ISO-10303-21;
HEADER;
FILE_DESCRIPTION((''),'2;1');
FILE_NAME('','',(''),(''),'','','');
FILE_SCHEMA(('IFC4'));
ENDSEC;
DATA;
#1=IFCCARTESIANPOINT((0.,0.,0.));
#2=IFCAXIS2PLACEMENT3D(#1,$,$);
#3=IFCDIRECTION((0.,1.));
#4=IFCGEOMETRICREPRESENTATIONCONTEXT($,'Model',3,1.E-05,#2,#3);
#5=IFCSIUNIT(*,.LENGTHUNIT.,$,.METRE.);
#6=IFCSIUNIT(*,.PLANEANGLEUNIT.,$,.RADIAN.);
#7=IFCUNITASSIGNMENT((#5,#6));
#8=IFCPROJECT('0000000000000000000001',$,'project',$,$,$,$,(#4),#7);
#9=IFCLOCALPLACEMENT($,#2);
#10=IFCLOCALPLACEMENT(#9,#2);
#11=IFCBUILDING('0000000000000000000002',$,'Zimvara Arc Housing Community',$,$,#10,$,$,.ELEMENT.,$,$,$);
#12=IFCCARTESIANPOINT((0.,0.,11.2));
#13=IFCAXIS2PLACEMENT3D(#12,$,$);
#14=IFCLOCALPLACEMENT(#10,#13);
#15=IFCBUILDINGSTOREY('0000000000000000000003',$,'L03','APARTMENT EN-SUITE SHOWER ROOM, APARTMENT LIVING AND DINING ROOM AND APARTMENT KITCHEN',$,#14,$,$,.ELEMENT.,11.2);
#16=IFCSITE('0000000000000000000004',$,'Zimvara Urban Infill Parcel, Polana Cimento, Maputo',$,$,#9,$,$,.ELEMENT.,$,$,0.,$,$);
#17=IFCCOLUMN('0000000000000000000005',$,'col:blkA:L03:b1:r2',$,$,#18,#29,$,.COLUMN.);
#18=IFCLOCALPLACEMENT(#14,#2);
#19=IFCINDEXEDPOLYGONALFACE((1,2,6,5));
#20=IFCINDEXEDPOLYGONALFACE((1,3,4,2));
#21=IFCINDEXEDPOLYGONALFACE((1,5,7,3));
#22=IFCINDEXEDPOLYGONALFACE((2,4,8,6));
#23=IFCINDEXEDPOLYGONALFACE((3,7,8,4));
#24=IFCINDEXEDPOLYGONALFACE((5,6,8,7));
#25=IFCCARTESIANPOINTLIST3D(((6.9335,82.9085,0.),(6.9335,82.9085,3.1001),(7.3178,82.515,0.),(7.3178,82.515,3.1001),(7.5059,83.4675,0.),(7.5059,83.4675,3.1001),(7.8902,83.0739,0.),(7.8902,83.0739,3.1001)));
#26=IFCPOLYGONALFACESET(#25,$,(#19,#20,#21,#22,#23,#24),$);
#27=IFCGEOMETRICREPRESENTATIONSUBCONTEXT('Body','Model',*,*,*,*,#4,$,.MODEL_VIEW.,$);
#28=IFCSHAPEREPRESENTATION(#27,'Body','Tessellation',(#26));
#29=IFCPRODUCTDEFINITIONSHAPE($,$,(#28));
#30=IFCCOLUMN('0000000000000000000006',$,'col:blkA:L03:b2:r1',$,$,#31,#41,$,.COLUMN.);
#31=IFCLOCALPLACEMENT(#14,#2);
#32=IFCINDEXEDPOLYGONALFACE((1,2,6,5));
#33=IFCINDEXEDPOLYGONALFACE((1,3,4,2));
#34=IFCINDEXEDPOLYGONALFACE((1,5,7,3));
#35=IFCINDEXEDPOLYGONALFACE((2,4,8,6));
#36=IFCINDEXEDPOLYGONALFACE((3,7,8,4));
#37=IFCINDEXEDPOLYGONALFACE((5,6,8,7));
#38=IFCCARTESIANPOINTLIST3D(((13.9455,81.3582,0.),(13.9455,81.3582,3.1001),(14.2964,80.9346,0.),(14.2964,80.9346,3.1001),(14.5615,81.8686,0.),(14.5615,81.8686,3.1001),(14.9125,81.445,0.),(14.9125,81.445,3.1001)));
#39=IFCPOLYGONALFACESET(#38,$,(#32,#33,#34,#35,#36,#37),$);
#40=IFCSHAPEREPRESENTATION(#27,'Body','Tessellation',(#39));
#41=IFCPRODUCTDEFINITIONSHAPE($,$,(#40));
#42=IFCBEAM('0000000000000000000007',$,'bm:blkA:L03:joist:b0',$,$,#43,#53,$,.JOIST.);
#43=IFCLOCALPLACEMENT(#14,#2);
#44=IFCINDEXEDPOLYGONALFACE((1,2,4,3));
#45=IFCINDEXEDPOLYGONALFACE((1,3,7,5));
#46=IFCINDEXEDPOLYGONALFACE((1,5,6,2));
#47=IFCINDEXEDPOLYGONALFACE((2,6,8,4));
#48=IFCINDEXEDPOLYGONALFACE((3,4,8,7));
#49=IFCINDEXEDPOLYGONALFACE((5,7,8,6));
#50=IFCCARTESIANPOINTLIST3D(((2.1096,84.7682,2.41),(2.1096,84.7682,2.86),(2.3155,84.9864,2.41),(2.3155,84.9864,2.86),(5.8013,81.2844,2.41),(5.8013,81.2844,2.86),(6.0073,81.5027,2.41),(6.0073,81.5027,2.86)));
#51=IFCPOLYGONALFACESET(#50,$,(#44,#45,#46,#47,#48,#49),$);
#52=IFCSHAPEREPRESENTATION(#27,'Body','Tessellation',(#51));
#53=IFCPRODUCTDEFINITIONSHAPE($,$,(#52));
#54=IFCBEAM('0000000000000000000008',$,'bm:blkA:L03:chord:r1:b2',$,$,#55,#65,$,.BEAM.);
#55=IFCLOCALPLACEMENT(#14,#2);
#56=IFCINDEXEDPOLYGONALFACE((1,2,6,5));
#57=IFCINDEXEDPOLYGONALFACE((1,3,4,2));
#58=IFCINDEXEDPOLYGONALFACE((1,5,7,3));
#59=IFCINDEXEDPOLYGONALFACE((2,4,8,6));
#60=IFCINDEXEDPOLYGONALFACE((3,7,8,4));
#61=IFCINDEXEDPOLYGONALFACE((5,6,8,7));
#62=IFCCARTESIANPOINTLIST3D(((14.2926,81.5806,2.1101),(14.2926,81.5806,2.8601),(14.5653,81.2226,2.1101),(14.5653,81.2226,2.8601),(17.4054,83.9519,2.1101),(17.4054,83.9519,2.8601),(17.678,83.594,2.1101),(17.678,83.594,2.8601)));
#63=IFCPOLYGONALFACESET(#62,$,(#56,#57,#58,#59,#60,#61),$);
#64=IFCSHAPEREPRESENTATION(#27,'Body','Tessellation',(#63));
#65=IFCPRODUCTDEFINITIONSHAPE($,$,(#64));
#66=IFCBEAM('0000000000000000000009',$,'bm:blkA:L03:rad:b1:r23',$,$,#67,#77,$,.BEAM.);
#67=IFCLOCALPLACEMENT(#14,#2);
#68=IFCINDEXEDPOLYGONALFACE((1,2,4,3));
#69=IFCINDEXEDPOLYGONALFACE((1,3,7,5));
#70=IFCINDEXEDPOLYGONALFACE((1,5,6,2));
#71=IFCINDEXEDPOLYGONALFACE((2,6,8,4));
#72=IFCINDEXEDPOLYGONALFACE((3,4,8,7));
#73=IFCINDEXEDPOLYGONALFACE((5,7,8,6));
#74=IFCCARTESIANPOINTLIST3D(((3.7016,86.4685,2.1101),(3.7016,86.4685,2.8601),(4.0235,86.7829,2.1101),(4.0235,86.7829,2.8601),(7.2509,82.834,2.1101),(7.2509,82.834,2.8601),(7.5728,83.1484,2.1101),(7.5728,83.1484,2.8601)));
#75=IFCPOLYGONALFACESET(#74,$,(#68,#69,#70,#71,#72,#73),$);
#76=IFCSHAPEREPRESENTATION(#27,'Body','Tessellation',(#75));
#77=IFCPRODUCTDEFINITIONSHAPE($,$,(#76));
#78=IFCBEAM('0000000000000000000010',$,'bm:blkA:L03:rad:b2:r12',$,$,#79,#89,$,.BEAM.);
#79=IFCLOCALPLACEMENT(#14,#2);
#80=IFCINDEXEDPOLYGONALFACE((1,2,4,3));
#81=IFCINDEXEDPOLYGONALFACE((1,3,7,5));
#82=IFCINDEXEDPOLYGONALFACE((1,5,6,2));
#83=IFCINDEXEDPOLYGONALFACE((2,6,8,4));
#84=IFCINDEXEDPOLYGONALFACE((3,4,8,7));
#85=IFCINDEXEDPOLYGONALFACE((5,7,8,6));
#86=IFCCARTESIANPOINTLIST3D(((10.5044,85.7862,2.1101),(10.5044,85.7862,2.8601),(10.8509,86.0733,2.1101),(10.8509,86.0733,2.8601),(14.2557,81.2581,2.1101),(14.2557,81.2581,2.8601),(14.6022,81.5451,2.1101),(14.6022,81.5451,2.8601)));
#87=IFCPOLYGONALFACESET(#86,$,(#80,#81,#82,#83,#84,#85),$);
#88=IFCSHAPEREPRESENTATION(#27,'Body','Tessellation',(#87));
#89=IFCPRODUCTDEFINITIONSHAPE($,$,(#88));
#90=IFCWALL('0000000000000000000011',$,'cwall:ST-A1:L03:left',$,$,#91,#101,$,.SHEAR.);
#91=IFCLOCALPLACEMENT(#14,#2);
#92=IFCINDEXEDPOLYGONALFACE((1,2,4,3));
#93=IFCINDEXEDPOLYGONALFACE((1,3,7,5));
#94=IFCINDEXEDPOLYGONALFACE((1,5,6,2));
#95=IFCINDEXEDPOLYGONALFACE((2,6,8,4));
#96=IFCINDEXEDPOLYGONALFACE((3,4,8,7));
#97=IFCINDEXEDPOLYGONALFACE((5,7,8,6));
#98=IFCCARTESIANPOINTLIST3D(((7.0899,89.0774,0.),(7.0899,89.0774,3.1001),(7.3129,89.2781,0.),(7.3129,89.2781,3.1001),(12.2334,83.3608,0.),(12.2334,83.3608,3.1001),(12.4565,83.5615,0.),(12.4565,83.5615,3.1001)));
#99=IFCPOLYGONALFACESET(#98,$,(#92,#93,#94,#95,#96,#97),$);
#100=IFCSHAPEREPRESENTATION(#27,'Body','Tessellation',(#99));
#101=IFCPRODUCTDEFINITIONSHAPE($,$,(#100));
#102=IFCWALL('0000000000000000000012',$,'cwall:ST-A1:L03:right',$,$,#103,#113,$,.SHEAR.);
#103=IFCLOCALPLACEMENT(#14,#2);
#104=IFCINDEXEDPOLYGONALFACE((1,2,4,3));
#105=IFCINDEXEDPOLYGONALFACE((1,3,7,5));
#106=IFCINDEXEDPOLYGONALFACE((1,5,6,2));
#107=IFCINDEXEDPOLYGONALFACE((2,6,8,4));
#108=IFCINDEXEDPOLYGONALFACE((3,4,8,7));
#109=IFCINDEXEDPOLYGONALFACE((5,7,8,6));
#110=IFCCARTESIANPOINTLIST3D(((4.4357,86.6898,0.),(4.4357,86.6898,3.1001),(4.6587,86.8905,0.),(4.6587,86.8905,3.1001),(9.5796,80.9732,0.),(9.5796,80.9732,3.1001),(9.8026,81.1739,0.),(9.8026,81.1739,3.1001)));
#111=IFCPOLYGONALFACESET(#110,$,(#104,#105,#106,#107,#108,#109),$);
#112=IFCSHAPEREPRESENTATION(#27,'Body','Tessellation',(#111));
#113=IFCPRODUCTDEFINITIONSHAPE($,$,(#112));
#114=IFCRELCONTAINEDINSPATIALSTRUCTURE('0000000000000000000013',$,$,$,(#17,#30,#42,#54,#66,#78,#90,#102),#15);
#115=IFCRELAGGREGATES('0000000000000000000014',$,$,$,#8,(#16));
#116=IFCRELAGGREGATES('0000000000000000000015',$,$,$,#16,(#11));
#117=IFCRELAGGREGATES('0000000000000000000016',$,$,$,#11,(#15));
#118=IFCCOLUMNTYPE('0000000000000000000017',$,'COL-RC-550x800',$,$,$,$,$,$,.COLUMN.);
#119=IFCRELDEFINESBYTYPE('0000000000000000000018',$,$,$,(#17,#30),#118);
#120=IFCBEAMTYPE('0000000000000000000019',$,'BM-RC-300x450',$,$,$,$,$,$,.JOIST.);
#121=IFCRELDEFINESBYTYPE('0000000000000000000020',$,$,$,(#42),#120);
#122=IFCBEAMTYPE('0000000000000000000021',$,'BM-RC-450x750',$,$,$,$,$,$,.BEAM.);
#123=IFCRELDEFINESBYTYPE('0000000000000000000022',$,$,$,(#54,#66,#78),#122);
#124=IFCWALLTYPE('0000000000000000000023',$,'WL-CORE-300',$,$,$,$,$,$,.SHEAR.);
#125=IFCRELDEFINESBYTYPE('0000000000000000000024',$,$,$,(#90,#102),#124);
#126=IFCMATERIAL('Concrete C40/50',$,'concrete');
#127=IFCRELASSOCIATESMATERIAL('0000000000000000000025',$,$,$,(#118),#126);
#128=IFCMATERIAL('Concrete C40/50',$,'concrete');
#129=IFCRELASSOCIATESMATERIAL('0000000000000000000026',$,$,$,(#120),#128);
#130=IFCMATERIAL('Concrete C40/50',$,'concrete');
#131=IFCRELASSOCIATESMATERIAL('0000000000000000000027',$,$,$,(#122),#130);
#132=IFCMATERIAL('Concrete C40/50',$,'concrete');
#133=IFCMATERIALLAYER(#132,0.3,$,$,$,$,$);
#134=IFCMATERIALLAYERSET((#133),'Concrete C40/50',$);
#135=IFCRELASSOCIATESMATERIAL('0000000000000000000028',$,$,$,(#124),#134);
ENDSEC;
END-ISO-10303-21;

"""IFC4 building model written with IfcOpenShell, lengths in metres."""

from ifc_helpers import new_model, si_unit, direction, frame, frame_2d, origin, origin_2d, place, context, subcontext, project, spatial, rectangle, extrude, material, layer, layer_set, material_profile, profile_set, type_object, element, save


model = new_model("IFC4")

# Units and contexts
model_context = context("Model", 3, precision=1e-05, world=origin(), true_north=direction((0.0, 1.0)))
body_context = subcontext(model_context, "Body", "Model", "MODEL_VIEW")
ifc_project = project(units=[si_unit("LENGTHUNIT", "METRE"), si_unit("PLANEANGLEUNIT", "RADIAN")], contexts=[model_context])

# Site, building, storey
site_placement = place(None, origin())
site = spatial("IfcSite", under=ifc_project, at=site_placement, Name="Zimvara Urban Infill Parcel, Polana Cimento, Maputo", CompositionType="ELEMENT", RefElevation=0.0)
building_placement = place(site_placement, origin())
building = spatial("IfcBuilding", under=site, at=building_placement, Name="Zimvara Arc Housing Community", CompositionType="ELEMENT")
storey_placement = place(building_placement, frame((0.0, 0.0, 11.2)))
storey = spatial("IfcBuildingStorey", under=building, at=storey_placement, Name="L03", Description="APARTMENT EN-SUITE SHOWER ROOM, APARTMENT LIVING AND DINING ROOM AND APARTMENT KITCHEN", CompositionType="ELEMENT", Elevation=11.2)

# Columns
ifc_material_1 = material(Name="Concrete C40/50", Category="concrete")
ifc_material_profile_1 = material_profile(ifc_material_1, rectangle(XDim=0.55, YDim=0.8, at=origin_2d()), Name="RC 550x800")
ifc_profile_set_1 = profile_set([ifc_material_profile_1], Name="Concrete C40/50")
column_type = type_object("IfcColumnType", Name="COL-RC-550x800", PredefinedType="COLUMN", material=ifc_profile_set_1)
for number, where, z_axis, x_axis, name in (
    (1, (7.4119, 82.9912, 0.0), (0.0, 0.0, 1.0), (-0.698665, 0.715449, 0.0), "col:blkA:L03:b1:r2"),
    (2, (14.429, 81.4016, 0.0), (0.0, 0.0, 1.0), (-0.637962, 0.770068, 0.0), "col:blkA:L03:b2:r1"),
):
    element("IfcColumn", number, at=place(storey_placement, frame(where, z_axis=z_axis, x_axis=x_axis)), inside=storey, type_object=column_type, Name=name, PredefinedType="COLUMN", context=body_context, shape_type="SweptSolid", body=[
        extrude(rectangle(XDim=0.55, YDim=0.8, at=origin_2d()), origin(), (0.0, 0.0, 1.0), 3.1001),
    ])

# Beams
ifc_material_2 = material(Name="Concrete C40/50", Category="concrete")
ifc_material_profile_2 = material_profile(ifc_material_2, rectangle(XDim=0.3, YDim=0.45, at=origin_2d()), Name="RC 300x450")
ifc_profile_set_2 = profile_set([ifc_material_profile_2], Name="Concrete C40/50")
beam_type_1 = type_object("IfcBeamType", Name="BM-RC-300x450", PredefinedType="JOIST", material=ifc_profile_set_2)
beam_1_placement = place(storey_placement, frame((5.9043, 81.3936, 2.635), z_axis=(-0.7273, 0.68632, 0.0), x_axis=(-0.68632, -0.7273, 0.0)))
element("IfcBeam", 3, at=beam_1_placement, inside=storey, type_object=beam_type_1, Name="bm:blkA:L03:joist:b0", PredefinedType="JOIST", context=body_context, shape_type="SweptSolid", body=[
    extrude(rectangle(XDim=0.3, YDim=0.45, at=origin_2d()), origin(), (0.0, 0.0, 1.0), 5.0759),
])
ifc_material_3 = material(Name="Concrete C40/50", Category="concrete")
ifc_material_profile_3 = material_profile(ifc_material_3, rectangle(XDim=0.45, YDim=0.75, at=origin_2d()), Name="RC 450x750")
ifc_profile_set_3 = profile_set([ifc_material_profile_3], Name="Concrete C40/50")
beam_type_2 = type_object("IfcBeamType", Name="BM-RC-450x750", PredefinedType="BEAM", material=ifc_profile_set_3)
beam_2_placement = place(storey_placement, frame((14.429, 81.4016, 2.4851), z_axis=(0.79547, 0.605992, 0.0), x_axis=(-0.605992, 0.79547, 0.0)))
element("IfcBeam", 4, at=beam_2_placement, inside=storey, type_object=beam_type_2, Name="bm:blkA:L03:chord:r1:b2", PredefinedType="BEAM", context=body_context, shape_type="SweptSolid", body=[
    extrude(rectangle(XDim=0.45, YDim=0.75, at=origin_2d()), origin(), (0.0, 0.0, 1.0), 3.9131),
])
beam_3_placement = place(storey_placement, frame((7.4119, 82.9912, 2.4851), z_axis=(-0.698671, 0.715443, 0.0), x_axis=(-0.715443, -0.698671, 0.0)))
element("IfcBeam", 5, at=beam_3_placement, inside=storey, type_object=beam_type_2, Name="bm:blkA:L03:rad:b1:r23", PredefinedType="BEAM", context=body_context, shape_type="SweptSolid", body=[
    extrude(rectangle(XDim=0.45, YDim=0.75, at=origin_2d()), origin(), (0.0, 0.0, 1.0), 5.0801),
])
beam_4_placement = place(storey_placement, frame((14.429, 81.4016, 2.4851), z_axis=(-0.637956, 0.770073, 0.0), x_axis=(-0.770073, -0.637956, 0.0)))
element("IfcBeam", 6, at=beam_4_placement, inside=storey, type_object=beam_type_2, Name="bm:blkA:L03:rad:b2:r12", PredefinedType="BEAM", context=body_context, shape_type="SweptSolid", body=[
    extrude(rectangle(XDim=0.45, YDim=0.75, at=origin_2d()), origin(), (0.0, 0.0, 1.0), 5.8801),
])

# Shared definitions
ifc_material_4 = material(Name="Concrete C40/50", Category="concrete")
ifc_layer_1 = layer(ifc_material_4, 0.3)
ifc_layer_set_1 = layer_set([ifc_layer_1], Name="Concrete C40/50")
wall_type_1 = type_object("IfcWallType", Name="WL-CORE-300", PredefinedType="SHEAR", material=ifc_layer_set_1)

# Walls
wall_1_placement = place(storey_placement, frame((12.345, 83.4612, 0.0), z_axis=(0.0, 0.0, 1.0), x_axis=(-0.668868, 0.743381, 0.0)))
element("IfcWall", 7, at=wall_1_placement, inside=storey, type_object=wall_type_1, Name="cwall:ST-A1:L03:left", PredefinedType="SHEAR", context=body_context, shape_type="SweptSolid", body=[
    extrude(rectangle(XDim=7.6899, YDim=0.3, at=frame_2d((3.845, 0.0))), origin(), (0.0, 0.0, 1.0), 3.1001),
])
wall_2_placement = place(storey_placement, frame((9.6912, 81.0735, 0.0), z_axis=(0.0, 0.0, 1.0), x_axis=(-0.668886, 0.743365, 0.0)))
element("IfcWall", 8, at=wall_2_placement, inside=storey, type_object=wall_type_1, Name="cwall:ST-A1:L03:right", PredefinedType="SHEAR", context=body_context, shape_type="SweptSolid", body=[
    extrude(rectangle(XDim=7.6902, YDim=0.3, at=frame_2d((3.8452, 0.0))), origin(), (0.0, 0.0, 1.0), 3.1001),
])

save(model, "model.ifc")
